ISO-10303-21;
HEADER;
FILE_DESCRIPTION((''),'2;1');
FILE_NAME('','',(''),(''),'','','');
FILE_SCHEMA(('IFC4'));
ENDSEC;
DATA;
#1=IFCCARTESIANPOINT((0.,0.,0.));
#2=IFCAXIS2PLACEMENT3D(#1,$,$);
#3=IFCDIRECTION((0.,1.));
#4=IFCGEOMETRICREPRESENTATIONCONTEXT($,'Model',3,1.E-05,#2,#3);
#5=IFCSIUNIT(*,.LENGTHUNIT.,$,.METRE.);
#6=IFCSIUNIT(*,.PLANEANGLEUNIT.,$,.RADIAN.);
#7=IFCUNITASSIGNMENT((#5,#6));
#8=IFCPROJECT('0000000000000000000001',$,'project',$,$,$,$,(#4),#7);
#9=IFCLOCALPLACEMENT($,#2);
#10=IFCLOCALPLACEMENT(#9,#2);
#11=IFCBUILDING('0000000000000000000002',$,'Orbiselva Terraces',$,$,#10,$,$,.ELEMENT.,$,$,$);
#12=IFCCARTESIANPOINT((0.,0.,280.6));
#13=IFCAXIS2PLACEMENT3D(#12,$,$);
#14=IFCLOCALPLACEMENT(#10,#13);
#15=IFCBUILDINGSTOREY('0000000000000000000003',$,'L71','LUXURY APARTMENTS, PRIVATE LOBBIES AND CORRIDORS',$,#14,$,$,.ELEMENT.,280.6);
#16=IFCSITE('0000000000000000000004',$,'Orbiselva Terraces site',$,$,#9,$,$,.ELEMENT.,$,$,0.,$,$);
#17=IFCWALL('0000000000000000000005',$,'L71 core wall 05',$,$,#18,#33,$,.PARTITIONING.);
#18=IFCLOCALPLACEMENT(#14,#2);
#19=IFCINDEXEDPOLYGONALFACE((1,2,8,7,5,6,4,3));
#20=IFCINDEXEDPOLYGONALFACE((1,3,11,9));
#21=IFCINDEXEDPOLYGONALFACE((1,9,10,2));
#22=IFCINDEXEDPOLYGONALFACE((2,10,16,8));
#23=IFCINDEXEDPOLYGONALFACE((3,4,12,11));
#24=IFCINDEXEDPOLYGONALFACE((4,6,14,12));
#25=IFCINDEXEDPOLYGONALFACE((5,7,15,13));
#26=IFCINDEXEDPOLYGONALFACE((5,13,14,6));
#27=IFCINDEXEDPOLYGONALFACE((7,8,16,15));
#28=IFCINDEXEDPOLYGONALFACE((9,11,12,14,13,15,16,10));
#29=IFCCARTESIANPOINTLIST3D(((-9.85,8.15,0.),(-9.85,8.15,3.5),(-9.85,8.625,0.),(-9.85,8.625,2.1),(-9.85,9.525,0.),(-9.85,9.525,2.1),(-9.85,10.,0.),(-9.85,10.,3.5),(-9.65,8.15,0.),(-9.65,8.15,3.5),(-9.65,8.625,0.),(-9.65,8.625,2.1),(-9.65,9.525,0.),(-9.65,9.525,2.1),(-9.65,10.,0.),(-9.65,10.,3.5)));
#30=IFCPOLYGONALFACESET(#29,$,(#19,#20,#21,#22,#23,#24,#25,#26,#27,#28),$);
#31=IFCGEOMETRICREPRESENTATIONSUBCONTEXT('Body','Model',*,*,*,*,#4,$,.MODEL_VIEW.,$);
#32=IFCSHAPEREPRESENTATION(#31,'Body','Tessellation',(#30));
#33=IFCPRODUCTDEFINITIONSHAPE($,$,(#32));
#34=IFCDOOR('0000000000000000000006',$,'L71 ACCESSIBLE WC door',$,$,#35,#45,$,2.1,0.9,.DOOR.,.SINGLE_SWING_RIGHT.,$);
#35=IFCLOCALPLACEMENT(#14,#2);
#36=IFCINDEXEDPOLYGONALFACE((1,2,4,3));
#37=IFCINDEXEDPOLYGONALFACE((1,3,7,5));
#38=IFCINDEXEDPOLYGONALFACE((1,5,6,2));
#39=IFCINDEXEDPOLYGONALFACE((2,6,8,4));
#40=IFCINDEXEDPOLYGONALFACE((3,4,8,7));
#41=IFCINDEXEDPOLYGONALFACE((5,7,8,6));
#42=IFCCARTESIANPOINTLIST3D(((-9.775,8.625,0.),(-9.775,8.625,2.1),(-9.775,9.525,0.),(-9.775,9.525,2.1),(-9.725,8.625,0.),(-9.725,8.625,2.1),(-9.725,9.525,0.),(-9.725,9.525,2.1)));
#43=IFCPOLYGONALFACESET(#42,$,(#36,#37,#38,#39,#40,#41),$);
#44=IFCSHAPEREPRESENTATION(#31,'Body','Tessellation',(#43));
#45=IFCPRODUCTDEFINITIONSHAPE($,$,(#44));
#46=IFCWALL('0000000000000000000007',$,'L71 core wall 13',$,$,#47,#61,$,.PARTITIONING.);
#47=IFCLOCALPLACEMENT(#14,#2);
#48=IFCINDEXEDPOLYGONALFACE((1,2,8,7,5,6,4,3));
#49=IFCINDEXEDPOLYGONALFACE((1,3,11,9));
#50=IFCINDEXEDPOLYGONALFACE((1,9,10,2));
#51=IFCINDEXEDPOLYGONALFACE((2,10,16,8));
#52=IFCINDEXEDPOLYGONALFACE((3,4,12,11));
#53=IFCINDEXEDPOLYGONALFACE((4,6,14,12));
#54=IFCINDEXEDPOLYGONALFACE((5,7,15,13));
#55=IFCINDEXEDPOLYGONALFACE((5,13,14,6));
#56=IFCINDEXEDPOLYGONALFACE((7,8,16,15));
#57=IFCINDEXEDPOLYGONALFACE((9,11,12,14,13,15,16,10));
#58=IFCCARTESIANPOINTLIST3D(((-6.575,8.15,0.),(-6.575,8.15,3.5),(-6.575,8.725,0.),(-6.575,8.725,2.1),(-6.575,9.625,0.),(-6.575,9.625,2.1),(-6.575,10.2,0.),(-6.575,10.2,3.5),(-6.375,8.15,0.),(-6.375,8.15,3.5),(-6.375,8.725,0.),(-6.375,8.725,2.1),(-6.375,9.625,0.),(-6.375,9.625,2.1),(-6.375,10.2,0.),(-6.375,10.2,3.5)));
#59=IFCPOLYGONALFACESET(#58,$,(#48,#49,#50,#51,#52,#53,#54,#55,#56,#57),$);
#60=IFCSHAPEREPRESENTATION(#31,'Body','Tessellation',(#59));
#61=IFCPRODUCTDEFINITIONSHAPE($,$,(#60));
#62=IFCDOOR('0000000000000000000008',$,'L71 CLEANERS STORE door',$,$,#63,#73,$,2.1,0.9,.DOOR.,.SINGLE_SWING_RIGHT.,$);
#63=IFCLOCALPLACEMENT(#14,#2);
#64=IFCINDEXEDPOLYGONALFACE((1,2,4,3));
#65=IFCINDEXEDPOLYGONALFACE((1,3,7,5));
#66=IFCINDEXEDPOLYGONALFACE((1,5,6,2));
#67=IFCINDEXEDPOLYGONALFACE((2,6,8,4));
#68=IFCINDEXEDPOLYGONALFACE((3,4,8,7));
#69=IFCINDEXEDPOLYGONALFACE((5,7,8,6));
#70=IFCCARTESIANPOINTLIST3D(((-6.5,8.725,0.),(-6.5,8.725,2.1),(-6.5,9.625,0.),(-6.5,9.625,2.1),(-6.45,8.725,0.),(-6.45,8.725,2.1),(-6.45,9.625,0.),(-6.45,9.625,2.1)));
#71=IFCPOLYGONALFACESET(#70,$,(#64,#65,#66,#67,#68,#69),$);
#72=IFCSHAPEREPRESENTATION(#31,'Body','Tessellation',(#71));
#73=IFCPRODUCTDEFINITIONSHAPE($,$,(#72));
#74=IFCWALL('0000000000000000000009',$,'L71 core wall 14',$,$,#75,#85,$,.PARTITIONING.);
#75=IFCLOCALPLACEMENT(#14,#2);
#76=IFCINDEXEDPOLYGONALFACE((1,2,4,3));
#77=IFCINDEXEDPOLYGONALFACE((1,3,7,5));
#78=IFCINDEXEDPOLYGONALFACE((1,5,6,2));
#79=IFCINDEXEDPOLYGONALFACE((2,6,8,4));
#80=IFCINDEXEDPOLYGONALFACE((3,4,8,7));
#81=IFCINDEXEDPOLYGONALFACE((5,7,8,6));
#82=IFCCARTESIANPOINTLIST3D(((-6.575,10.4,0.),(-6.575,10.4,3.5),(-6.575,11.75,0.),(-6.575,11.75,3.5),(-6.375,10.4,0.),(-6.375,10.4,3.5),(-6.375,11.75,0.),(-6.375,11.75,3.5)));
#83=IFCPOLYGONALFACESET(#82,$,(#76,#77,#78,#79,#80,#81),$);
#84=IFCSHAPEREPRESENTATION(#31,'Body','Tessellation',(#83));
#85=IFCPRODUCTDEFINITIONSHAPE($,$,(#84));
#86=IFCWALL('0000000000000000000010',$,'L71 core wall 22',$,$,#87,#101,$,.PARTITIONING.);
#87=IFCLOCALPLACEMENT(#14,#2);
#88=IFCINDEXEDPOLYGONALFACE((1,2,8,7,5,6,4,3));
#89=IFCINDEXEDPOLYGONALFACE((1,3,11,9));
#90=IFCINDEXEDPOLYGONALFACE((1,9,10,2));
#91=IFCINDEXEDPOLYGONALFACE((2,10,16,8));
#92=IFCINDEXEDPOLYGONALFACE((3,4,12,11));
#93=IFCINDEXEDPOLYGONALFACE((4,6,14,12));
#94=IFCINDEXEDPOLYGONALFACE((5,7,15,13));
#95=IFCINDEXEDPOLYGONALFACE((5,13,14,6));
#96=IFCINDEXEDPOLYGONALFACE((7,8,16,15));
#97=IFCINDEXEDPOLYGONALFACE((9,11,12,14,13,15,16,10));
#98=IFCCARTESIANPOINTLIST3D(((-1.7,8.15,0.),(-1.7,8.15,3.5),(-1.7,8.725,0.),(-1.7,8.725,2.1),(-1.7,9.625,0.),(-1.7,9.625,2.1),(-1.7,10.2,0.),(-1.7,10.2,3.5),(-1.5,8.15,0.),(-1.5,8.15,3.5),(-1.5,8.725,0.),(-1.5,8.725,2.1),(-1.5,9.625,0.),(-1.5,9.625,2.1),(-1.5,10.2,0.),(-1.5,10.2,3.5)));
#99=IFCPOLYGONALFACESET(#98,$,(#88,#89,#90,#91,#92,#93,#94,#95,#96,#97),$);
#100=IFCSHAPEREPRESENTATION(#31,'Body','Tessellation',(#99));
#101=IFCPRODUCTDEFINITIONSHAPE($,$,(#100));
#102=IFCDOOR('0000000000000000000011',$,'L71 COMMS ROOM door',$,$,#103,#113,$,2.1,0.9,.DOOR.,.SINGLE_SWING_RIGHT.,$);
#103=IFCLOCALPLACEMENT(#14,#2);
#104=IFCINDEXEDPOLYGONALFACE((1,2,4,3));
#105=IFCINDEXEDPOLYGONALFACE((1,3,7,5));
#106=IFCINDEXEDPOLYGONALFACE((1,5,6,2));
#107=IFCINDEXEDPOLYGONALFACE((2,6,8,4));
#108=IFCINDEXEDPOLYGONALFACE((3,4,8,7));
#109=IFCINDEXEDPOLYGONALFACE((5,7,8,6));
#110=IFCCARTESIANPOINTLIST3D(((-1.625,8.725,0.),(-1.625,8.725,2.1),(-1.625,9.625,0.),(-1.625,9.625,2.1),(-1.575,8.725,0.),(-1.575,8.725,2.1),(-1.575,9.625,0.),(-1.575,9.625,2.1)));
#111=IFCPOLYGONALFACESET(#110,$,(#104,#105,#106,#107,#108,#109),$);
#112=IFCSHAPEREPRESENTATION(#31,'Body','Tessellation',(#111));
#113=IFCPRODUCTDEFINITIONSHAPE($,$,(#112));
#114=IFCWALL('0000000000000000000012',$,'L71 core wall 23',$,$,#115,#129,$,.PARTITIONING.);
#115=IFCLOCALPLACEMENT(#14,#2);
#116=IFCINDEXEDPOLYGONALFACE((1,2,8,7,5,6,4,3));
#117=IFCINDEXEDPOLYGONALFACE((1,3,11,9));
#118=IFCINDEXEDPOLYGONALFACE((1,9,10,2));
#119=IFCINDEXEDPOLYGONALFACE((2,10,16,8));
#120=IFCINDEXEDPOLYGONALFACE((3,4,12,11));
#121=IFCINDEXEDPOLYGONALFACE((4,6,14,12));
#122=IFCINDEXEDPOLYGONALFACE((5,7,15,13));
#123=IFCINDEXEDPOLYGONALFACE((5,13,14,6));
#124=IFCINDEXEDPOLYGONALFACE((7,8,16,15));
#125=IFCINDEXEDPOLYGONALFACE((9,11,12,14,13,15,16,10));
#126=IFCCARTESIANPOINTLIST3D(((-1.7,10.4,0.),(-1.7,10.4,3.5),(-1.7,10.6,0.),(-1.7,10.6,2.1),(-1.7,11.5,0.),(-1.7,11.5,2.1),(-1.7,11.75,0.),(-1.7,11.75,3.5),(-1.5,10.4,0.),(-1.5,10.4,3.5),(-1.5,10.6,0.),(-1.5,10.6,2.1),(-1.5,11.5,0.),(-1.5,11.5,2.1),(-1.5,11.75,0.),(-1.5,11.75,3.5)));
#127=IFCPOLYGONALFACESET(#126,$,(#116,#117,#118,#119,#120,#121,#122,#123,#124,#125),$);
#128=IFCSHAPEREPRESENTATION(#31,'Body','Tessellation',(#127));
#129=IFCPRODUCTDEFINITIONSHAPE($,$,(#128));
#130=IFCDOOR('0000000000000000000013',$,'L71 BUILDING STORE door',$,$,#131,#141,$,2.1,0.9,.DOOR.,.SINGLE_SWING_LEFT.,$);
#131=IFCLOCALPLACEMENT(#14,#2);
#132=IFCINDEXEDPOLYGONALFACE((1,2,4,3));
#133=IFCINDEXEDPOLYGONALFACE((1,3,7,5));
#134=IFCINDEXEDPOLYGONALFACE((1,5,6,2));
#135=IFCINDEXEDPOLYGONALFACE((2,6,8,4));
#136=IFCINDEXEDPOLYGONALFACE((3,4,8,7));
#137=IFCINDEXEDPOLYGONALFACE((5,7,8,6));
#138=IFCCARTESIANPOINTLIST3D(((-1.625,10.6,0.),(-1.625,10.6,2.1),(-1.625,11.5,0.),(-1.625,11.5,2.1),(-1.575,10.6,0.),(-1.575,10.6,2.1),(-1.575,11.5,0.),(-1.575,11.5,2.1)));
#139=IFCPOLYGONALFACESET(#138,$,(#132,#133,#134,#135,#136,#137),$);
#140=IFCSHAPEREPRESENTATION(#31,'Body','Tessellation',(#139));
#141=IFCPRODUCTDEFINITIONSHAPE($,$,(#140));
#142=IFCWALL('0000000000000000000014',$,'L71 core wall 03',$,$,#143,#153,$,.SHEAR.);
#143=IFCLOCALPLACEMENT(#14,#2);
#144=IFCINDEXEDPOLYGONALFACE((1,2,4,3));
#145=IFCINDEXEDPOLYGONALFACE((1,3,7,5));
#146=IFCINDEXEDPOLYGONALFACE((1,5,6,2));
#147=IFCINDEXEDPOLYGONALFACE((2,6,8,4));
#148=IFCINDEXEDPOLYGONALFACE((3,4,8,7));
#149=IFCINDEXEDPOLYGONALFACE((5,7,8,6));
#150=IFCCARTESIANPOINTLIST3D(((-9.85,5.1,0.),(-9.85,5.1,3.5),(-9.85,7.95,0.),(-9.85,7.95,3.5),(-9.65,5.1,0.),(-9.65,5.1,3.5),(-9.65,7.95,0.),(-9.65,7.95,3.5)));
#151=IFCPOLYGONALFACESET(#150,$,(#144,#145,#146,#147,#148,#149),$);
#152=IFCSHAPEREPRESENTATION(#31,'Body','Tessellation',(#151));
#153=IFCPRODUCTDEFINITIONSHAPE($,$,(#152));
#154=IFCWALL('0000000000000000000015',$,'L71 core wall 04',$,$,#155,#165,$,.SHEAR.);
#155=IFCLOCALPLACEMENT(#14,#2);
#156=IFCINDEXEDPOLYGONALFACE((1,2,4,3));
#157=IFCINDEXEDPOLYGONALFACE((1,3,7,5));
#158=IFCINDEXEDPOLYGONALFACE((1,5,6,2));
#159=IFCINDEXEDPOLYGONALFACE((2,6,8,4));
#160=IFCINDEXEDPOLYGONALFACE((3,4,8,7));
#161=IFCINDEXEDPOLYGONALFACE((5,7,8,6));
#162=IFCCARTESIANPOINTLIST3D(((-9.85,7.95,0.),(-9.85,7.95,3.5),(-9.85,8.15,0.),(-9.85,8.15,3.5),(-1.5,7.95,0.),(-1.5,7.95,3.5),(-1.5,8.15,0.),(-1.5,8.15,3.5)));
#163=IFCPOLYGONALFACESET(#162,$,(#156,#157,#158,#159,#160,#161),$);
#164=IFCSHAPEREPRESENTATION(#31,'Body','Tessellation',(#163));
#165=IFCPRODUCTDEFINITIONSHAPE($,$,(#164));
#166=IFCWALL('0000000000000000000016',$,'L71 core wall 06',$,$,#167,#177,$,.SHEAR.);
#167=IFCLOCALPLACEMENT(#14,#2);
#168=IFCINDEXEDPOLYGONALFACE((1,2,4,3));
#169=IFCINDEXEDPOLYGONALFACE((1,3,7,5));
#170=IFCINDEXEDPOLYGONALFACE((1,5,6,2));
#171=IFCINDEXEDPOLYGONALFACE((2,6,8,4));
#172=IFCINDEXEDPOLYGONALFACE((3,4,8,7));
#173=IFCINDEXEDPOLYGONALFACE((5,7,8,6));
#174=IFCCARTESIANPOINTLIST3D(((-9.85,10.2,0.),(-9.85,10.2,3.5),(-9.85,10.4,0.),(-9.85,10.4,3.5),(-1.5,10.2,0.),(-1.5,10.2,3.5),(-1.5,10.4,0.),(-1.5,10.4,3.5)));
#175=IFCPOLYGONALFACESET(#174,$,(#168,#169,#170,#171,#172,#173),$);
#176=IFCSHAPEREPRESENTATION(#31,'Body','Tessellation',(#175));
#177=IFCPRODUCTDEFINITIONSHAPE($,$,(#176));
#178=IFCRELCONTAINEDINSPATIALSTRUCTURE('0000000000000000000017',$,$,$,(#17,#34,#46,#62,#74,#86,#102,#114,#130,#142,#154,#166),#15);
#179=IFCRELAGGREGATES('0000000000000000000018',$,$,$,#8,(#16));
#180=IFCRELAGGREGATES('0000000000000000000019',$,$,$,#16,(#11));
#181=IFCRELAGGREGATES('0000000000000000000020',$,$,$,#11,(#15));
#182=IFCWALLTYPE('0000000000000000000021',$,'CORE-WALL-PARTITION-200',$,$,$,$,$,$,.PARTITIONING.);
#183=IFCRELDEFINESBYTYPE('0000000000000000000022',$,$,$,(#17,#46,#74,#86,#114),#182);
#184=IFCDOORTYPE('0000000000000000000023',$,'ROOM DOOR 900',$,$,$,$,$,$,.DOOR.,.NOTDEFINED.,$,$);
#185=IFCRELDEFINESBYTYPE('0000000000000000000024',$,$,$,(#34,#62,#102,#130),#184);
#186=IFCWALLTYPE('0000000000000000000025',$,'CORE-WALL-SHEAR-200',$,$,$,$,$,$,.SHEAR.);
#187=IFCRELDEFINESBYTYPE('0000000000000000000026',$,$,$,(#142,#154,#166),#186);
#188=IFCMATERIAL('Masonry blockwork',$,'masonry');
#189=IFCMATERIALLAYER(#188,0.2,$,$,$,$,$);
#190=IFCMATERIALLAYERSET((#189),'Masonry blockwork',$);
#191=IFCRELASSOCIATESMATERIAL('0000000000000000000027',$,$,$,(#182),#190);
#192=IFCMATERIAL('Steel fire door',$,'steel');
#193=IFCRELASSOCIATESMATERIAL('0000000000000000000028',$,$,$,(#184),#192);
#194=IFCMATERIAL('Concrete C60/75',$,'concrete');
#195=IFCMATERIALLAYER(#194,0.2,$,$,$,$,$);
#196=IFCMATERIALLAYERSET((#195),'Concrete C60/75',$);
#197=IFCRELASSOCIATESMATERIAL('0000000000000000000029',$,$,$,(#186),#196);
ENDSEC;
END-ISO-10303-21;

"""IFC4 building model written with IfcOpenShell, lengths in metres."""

from ifc_helpers import new_model, si_unit, direction, frame, frame_2d, origin, place, context, subcontext, project, spatial, rectangle, extrude, material, layer, layer_set, type_object, element, fill, save


model = new_model("IFC4")

# Units and contexts
model_context = context("Model", 3, precision=1e-05, world=origin(), true_north=direction((0.0, 1.0)))
body_context = subcontext(model_context, "Body", "Model", "MODEL_VIEW")
ifc_project = project(units=[si_unit("LENGTHUNIT", "METRE"), si_unit("PLANEANGLEUNIT", "RADIAN")], contexts=[model_context])

# Site, building, storey
site_placement = place(None, origin())
site = spatial("IfcSite", under=ifc_project, at=site_placement, Name="Orbiselva Terraces site", CompositionType="ELEMENT", RefElevation=0.0)
building_placement = place(site_placement, origin())
building = spatial("IfcBuilding", under=site, at=building_placement, Name="Orbiselva Terraces", CompositionType="ELEMENT")
storey_placement = place(building_placement, frame((0.0, 0.0, 280.6)))
storey = spatial("IfcBuildingStorey", under=building, at=storey_placement, Name="L71", Description="LUXURY APARTMENTS, PRIVATE LOBBIES AND CORRIDORS", CompositionType="ELEMENT", Elevation=280.6)

# Walls, openings, doors
ifc_material_1 = material(Name="Masonry blockwork", Category="masonry")
ifc_layer_1 = layer(ifc_material_1, 0.2)
ifc_layer_set_1 = layer_set([ifc_layer_1], Name="Masonry blockwork")
wall_type_1 = type_object("IfcWallType", Name="CORE-WALL-PARTITION-200", PredefinedType="PARTITIONING", material=ifc_layer_set_1)
wall_1_placement = place(storey_placement, frame((-9.75, 8.15, 0.0), z_axis=(0.0, 0.0, 1.0), x_axis=(0.0, 1.0, 0.0)))
wall_1 = element("IfcWall", 1, at=wall_1_placement, inside=storey, type_object=wall_type_1, Name="L71 core wall 05", PredefinedType="PARTITIONING", context=body_context, shape_type="SweptSolid", body=[
    extrude(rectangle(XDim=1.85, YDim=0.2, at=frame_2d((0.925, 0.0))), origin(), (0.0, 0.0, 1.0), 3.5),
])
opening_1_placement = place(wall_1_placement, frame((0.475, 0.0, 0.0)))
opening_1 = element("IfcOpeningElement", 2, at=opening_1_placement, cuts=wall_1, PredefinedType="OPENING", context=body_context, shape_type="SweptSolid", body=[
    extrude(rectangle(XDim=0.9, YDim=2.1, at=frame_2d((0.45, 1.05))), frame((0.0, 0.11, 0.0), z_axis=(0.0, -1.0, 0.0), x_axis=(1.0, 0.0, 0.0)), (0.0, 0.0, 1.0), 0.22),
])
ifc_material_2 = material(Name="Steel fire door", Category="steel")
door_type = type_object("IfcDoorType", Name="ROOM DOOR 900", OperationType="NOTDEFINED", PredefinedType="DOOR", material=ifc_material_2)
door_1_placement = place(opening_1_placement, origin())
door_1 = element("IfcDoor", 3, at=door_1_placement, inside=storey, type_object=door_type, Name="L71 ACCESSIBLE WC door", OperationType="SINGLE_SWING_RIGHT", OverallHeight=2.1, OverallWidth=0.9, PredefinedType="DOOR", context=body_context, shape_type="SweptSolid", body=[
    extrude(rectangle(XDim=0.9, YDim=2.1, at=frame_2d((0.45, 1.05))), frame((0.0, 0.025, 0.0), z_axis=(0.0, -1.0, 0.0), x_axis=(1.0, 0.0, 0.0)), (0.0, 0.0, 1.0), 0.05),
])
fill(opening_1, door_1)
wall_2_placement = place(storey_placement, frame((-6.475, 8.15, 0.0), z_axis=(0.0, 0.0, 1.0), x_axis=(0.0, 1.0, 0.0)))
wall_2 = element("IfcWall", 4, at=wall_2_placement, inside=storey, type_object=wall_type_1, Name="L71 core wall 13", PredefinedType="PARTITIONING", context=body_context, shape_type="SweptSolid", body=[
    extrude(rectangle(XDim=2.05, YDim=0.2, at=frame_2d((1.025, 0.0))), origin(), (0.0, 0.0, 1.0), 3.5),
])
opening_2_placement = place(wall_2_placement, frame((0.575, 0.0, 0.0)))
opening_2 = element("IfcOpeningElement", 5, at=opening_2_placement, cuts=wall_2, PredefinedType="OPENING", context=body_context, shape_type="SweptSolid", body=[
    extrude(rectangle(XDim=0.9, YDim=2.1, at=frame_2d((0.45, 1.05))), frame((0.0, 0.11, 0.0), z_axis=(0.0, -1.0, 0.0), x_axis=(1.0, 0.0, 0.0)), (0.0, 0.0, 1.0), 0.22),
])
door_2_placement = place(opening_2_placement, origin())
door_2 = element("IfcDoor", 6, at=door_2_placement, inside=storey, type_object=door_type, Name="L71 CLEANERS STORE door", OperationType="SINGLE_SWING_RIGHT", OverallHeight=2.1, OverallWidth=0.9, PredefinedType="DOOR", context=body_context, shape_type="SweptSolid", body=[
    extrude(rectangle(XDim=0.9, YDim=2.1, at=frame_2d((0.45, 1.05))), frame((0.0, 0.025, 0.0), z_axis=(0.0, -1.0, 0.0), x_axis=(1.0, 0.0, 0.0)), (0.0, 0.0, 1.0), 0.05),
])
fill(opening_2, door_2)

# Wall
wall_3_placement = place(storey_placement, frame((-6.475, 10.4, 0.0), z_axis=(0.0, 0.0, 1.0), x_axis=(0.0, 1.0, 0.0)))
element("IfcWall", 7, at=wall_3_placement, inside=storey, type_object=wall_type_1, Name="L71 core wall 14", PredefinedType="PARTITIONING", context=body_context, shape_type="SweptSolid", body=[
    extrude(rectangle(XDim=1.35, YDim=0.2, at=frame_2d((0.675, 0.0))), origin(), (0.0, 0.0, 1.0), 3.5),
])

# Walls, openings, doors
wall_4_placement = place(storey_placement, frame((-1.6, 8.15, 0.0), z_axis=(0.0, 0.0, 1.0), x_axis=(0.0, 1.0, 0.0)))
wall_4 = element("IfcWall", 8, at=wall_4_placement, inside=storey, type_object=wall_type_1, Name="L71 core wall 22", PredefinedType="PARTITIONING", context=body_context, shape_type="SweptSolid", body=[
    extrude(rectangle(XDim=2.05, YDim=0.2, at=frame_2d((1.025, 0.0))), origin(), (0.0, 0.0, 1.0), 3.5),
])
opening_3_placement = place(wall_4_placement, frame((0.575, 0.0, 0.0)))
opening_3 = element("IfcOpeningElement", 9, at=opening_3_placement, cuts=wall_4, PredefinedType="OPENING", context=body_context, shape_type="SweptSolid", body=[
    extrude(rectangle(XDim=0.9, YDim=2.1, at=frame_2d((0.45, 1.05))), frame((0.0, 0.11, 0.0), z_axis=(0.0, -1.0, 0.0), x_axis=(1.0, 0.0, 0.0)), (0.0, 0.0, 1.0), 0.22),
])
door_3_placement = place(opening_3_placement, origin())
door_3 = element("IfcDoor", 10, at=door_3_placement, inside=storey, type_object=door_type, Name="L71 COMMS ROOM door", OperationType="SINGLE_SWING_RIGHT", OverallHeight=2.1, OverallWidth=0.9, PredefinedType="DOOR", context=body_context, shape_type="SweptSolid", body=[
    extrude(rectangle(XDim=0.9, YDim=2.1, at=frame_2d((0.45, 1.05))), frame((0.0, 0.025, 0.0), z_axis=(0.0, -1.0, 0.0), x_axis=(1.0, 0.0, 0.0)), (0.0, 0.0, 1.0), 0.05),
])
fill(opening_3, door_3)
wall_5_placement = place(storey_placement, frame((-1.6, 10.4, 0.0), z_axis=(0.0, 0.0, 1.0), x_axis=(0.0, 1.0, 0.0)))
wall_5 = element("IfcWall", 11, at=wall_5_placement, inside=storey, type_object=wall_type_1, Name="L71 core wall 23", PredefinedType="PARTITIONING", context=body_context, shape_type="SweptSolid", body=[
    extrude(rectangle(XDim=1.35, YDim=0.2, at=frame_2d((0.675, 0.0))), origin(), (0.0, 0.0, 1.0), 3.5),
])
opening_4_placement = place(wall_5_placement, frame((0.2, 0.0, 0.0)))
opening_4 = element("IfcOpeningElement", 12, at=opening_4_placement, cuts=wall_5, PredefinedType="OPENING", context=body_context, shape_type="SweptSolid", body=[
    extrude(rectangle(XDim=0.9, YDim=2.1, at=frame_2d((0.45, 1.05))), frame((0.0, 0.11, 0.0), z_axis=(0.0, -1.0, 0.0), x_axis=(1.0, 0.0, 0.0)), (0.0, 0.0, 1.0), 0.22),
])
door_4_placement = place(opening_4_placement, origin())
door_4 = element("IfcDoor", 13, at=door_4_placement, inside=storey, type_object=door_type, Name="L71 BUILDING STORE door", OperationType="SINGLE_SWING_LEFT", OverallHeight=2.1, OverallWidth=0.9, PredefinedType="DOOR", context=body_context, shape_type="SweptSolid", body=[
    extrude(rectangle(XDim=0.9, YDim=2.1, at=frame_2d((0.45, 1.05))), frame((0.0, 0.025, 0.0), z_axis=(0.0, -1.0, 0.0), x_axis=(1.0, 0.0, 0.0)), (0.0, 0.0, 1.0), 0.05),
])
fill(opening_4, door_4)

# Walls
ifc_material_3 = material(Name="Concrete C60/75", Category="concrete")
ifc_layer_2 = layer(ifc_material_3, 0.2)
ifc_layer_set_2 = layer_set([ifc_layer_2], Name="Concrete C60/75")
wall_type_2 = type_object("IfcWallType", Name="CORE-WALL-SHEAR-200", PredefinedType="SHEAR", material=ifc_layer_set_2)
wall_6_placement = place(storey_placement, frame((-9.75, 5.1, 0.0), z_axis=(0.0, 0.0, 1.0), x_axis=(0.0, 1.0, 0.0)))
element("IfcWall", 14, at=wall_6_placement, inside=storey, type_object=wall_type_2, Name="L71 core wall 03", PredefinedType="SHEAR", context=body_context, shape_type="SweptSolid", body=[
    extrude(rectangle(XDim=2.85, YDim=0.2, at=frame_2d((1.425, 0.0))), origin(), (0.0, 0.0, 1.0), 3.5),
])
for number, where, z_axis, x_axis, name in (
    (15, (-9.85, 8.05, 0.0), (0.0, 0.0, 1.0), (1.0, 0.0, 0.0), "L71 core wall 04"),
    (16, (-9.85, 10.3, 0.0), (0.0, 0.0, 1.0), (1.0, 0.0, 0.0), "L71 core wall 06"),
):
    element("IfcWall", number, at=place(storey_placement, frame(where, z_axis=z_axis, x_axis=x_axis)), inside=storey, type_object=wall_type_2, Name=name, PredefinedType="SHEAR", context=body_context, shape_type="SweptSolid", body=[
        extrude(rectangle(XDim=8.35, YDim=0.2, at=frame_2d((4.175, 0.0))), origin(), (0.0, 0.0, 1.0), 3.5),
    ])

save(model, "model.ifc")
